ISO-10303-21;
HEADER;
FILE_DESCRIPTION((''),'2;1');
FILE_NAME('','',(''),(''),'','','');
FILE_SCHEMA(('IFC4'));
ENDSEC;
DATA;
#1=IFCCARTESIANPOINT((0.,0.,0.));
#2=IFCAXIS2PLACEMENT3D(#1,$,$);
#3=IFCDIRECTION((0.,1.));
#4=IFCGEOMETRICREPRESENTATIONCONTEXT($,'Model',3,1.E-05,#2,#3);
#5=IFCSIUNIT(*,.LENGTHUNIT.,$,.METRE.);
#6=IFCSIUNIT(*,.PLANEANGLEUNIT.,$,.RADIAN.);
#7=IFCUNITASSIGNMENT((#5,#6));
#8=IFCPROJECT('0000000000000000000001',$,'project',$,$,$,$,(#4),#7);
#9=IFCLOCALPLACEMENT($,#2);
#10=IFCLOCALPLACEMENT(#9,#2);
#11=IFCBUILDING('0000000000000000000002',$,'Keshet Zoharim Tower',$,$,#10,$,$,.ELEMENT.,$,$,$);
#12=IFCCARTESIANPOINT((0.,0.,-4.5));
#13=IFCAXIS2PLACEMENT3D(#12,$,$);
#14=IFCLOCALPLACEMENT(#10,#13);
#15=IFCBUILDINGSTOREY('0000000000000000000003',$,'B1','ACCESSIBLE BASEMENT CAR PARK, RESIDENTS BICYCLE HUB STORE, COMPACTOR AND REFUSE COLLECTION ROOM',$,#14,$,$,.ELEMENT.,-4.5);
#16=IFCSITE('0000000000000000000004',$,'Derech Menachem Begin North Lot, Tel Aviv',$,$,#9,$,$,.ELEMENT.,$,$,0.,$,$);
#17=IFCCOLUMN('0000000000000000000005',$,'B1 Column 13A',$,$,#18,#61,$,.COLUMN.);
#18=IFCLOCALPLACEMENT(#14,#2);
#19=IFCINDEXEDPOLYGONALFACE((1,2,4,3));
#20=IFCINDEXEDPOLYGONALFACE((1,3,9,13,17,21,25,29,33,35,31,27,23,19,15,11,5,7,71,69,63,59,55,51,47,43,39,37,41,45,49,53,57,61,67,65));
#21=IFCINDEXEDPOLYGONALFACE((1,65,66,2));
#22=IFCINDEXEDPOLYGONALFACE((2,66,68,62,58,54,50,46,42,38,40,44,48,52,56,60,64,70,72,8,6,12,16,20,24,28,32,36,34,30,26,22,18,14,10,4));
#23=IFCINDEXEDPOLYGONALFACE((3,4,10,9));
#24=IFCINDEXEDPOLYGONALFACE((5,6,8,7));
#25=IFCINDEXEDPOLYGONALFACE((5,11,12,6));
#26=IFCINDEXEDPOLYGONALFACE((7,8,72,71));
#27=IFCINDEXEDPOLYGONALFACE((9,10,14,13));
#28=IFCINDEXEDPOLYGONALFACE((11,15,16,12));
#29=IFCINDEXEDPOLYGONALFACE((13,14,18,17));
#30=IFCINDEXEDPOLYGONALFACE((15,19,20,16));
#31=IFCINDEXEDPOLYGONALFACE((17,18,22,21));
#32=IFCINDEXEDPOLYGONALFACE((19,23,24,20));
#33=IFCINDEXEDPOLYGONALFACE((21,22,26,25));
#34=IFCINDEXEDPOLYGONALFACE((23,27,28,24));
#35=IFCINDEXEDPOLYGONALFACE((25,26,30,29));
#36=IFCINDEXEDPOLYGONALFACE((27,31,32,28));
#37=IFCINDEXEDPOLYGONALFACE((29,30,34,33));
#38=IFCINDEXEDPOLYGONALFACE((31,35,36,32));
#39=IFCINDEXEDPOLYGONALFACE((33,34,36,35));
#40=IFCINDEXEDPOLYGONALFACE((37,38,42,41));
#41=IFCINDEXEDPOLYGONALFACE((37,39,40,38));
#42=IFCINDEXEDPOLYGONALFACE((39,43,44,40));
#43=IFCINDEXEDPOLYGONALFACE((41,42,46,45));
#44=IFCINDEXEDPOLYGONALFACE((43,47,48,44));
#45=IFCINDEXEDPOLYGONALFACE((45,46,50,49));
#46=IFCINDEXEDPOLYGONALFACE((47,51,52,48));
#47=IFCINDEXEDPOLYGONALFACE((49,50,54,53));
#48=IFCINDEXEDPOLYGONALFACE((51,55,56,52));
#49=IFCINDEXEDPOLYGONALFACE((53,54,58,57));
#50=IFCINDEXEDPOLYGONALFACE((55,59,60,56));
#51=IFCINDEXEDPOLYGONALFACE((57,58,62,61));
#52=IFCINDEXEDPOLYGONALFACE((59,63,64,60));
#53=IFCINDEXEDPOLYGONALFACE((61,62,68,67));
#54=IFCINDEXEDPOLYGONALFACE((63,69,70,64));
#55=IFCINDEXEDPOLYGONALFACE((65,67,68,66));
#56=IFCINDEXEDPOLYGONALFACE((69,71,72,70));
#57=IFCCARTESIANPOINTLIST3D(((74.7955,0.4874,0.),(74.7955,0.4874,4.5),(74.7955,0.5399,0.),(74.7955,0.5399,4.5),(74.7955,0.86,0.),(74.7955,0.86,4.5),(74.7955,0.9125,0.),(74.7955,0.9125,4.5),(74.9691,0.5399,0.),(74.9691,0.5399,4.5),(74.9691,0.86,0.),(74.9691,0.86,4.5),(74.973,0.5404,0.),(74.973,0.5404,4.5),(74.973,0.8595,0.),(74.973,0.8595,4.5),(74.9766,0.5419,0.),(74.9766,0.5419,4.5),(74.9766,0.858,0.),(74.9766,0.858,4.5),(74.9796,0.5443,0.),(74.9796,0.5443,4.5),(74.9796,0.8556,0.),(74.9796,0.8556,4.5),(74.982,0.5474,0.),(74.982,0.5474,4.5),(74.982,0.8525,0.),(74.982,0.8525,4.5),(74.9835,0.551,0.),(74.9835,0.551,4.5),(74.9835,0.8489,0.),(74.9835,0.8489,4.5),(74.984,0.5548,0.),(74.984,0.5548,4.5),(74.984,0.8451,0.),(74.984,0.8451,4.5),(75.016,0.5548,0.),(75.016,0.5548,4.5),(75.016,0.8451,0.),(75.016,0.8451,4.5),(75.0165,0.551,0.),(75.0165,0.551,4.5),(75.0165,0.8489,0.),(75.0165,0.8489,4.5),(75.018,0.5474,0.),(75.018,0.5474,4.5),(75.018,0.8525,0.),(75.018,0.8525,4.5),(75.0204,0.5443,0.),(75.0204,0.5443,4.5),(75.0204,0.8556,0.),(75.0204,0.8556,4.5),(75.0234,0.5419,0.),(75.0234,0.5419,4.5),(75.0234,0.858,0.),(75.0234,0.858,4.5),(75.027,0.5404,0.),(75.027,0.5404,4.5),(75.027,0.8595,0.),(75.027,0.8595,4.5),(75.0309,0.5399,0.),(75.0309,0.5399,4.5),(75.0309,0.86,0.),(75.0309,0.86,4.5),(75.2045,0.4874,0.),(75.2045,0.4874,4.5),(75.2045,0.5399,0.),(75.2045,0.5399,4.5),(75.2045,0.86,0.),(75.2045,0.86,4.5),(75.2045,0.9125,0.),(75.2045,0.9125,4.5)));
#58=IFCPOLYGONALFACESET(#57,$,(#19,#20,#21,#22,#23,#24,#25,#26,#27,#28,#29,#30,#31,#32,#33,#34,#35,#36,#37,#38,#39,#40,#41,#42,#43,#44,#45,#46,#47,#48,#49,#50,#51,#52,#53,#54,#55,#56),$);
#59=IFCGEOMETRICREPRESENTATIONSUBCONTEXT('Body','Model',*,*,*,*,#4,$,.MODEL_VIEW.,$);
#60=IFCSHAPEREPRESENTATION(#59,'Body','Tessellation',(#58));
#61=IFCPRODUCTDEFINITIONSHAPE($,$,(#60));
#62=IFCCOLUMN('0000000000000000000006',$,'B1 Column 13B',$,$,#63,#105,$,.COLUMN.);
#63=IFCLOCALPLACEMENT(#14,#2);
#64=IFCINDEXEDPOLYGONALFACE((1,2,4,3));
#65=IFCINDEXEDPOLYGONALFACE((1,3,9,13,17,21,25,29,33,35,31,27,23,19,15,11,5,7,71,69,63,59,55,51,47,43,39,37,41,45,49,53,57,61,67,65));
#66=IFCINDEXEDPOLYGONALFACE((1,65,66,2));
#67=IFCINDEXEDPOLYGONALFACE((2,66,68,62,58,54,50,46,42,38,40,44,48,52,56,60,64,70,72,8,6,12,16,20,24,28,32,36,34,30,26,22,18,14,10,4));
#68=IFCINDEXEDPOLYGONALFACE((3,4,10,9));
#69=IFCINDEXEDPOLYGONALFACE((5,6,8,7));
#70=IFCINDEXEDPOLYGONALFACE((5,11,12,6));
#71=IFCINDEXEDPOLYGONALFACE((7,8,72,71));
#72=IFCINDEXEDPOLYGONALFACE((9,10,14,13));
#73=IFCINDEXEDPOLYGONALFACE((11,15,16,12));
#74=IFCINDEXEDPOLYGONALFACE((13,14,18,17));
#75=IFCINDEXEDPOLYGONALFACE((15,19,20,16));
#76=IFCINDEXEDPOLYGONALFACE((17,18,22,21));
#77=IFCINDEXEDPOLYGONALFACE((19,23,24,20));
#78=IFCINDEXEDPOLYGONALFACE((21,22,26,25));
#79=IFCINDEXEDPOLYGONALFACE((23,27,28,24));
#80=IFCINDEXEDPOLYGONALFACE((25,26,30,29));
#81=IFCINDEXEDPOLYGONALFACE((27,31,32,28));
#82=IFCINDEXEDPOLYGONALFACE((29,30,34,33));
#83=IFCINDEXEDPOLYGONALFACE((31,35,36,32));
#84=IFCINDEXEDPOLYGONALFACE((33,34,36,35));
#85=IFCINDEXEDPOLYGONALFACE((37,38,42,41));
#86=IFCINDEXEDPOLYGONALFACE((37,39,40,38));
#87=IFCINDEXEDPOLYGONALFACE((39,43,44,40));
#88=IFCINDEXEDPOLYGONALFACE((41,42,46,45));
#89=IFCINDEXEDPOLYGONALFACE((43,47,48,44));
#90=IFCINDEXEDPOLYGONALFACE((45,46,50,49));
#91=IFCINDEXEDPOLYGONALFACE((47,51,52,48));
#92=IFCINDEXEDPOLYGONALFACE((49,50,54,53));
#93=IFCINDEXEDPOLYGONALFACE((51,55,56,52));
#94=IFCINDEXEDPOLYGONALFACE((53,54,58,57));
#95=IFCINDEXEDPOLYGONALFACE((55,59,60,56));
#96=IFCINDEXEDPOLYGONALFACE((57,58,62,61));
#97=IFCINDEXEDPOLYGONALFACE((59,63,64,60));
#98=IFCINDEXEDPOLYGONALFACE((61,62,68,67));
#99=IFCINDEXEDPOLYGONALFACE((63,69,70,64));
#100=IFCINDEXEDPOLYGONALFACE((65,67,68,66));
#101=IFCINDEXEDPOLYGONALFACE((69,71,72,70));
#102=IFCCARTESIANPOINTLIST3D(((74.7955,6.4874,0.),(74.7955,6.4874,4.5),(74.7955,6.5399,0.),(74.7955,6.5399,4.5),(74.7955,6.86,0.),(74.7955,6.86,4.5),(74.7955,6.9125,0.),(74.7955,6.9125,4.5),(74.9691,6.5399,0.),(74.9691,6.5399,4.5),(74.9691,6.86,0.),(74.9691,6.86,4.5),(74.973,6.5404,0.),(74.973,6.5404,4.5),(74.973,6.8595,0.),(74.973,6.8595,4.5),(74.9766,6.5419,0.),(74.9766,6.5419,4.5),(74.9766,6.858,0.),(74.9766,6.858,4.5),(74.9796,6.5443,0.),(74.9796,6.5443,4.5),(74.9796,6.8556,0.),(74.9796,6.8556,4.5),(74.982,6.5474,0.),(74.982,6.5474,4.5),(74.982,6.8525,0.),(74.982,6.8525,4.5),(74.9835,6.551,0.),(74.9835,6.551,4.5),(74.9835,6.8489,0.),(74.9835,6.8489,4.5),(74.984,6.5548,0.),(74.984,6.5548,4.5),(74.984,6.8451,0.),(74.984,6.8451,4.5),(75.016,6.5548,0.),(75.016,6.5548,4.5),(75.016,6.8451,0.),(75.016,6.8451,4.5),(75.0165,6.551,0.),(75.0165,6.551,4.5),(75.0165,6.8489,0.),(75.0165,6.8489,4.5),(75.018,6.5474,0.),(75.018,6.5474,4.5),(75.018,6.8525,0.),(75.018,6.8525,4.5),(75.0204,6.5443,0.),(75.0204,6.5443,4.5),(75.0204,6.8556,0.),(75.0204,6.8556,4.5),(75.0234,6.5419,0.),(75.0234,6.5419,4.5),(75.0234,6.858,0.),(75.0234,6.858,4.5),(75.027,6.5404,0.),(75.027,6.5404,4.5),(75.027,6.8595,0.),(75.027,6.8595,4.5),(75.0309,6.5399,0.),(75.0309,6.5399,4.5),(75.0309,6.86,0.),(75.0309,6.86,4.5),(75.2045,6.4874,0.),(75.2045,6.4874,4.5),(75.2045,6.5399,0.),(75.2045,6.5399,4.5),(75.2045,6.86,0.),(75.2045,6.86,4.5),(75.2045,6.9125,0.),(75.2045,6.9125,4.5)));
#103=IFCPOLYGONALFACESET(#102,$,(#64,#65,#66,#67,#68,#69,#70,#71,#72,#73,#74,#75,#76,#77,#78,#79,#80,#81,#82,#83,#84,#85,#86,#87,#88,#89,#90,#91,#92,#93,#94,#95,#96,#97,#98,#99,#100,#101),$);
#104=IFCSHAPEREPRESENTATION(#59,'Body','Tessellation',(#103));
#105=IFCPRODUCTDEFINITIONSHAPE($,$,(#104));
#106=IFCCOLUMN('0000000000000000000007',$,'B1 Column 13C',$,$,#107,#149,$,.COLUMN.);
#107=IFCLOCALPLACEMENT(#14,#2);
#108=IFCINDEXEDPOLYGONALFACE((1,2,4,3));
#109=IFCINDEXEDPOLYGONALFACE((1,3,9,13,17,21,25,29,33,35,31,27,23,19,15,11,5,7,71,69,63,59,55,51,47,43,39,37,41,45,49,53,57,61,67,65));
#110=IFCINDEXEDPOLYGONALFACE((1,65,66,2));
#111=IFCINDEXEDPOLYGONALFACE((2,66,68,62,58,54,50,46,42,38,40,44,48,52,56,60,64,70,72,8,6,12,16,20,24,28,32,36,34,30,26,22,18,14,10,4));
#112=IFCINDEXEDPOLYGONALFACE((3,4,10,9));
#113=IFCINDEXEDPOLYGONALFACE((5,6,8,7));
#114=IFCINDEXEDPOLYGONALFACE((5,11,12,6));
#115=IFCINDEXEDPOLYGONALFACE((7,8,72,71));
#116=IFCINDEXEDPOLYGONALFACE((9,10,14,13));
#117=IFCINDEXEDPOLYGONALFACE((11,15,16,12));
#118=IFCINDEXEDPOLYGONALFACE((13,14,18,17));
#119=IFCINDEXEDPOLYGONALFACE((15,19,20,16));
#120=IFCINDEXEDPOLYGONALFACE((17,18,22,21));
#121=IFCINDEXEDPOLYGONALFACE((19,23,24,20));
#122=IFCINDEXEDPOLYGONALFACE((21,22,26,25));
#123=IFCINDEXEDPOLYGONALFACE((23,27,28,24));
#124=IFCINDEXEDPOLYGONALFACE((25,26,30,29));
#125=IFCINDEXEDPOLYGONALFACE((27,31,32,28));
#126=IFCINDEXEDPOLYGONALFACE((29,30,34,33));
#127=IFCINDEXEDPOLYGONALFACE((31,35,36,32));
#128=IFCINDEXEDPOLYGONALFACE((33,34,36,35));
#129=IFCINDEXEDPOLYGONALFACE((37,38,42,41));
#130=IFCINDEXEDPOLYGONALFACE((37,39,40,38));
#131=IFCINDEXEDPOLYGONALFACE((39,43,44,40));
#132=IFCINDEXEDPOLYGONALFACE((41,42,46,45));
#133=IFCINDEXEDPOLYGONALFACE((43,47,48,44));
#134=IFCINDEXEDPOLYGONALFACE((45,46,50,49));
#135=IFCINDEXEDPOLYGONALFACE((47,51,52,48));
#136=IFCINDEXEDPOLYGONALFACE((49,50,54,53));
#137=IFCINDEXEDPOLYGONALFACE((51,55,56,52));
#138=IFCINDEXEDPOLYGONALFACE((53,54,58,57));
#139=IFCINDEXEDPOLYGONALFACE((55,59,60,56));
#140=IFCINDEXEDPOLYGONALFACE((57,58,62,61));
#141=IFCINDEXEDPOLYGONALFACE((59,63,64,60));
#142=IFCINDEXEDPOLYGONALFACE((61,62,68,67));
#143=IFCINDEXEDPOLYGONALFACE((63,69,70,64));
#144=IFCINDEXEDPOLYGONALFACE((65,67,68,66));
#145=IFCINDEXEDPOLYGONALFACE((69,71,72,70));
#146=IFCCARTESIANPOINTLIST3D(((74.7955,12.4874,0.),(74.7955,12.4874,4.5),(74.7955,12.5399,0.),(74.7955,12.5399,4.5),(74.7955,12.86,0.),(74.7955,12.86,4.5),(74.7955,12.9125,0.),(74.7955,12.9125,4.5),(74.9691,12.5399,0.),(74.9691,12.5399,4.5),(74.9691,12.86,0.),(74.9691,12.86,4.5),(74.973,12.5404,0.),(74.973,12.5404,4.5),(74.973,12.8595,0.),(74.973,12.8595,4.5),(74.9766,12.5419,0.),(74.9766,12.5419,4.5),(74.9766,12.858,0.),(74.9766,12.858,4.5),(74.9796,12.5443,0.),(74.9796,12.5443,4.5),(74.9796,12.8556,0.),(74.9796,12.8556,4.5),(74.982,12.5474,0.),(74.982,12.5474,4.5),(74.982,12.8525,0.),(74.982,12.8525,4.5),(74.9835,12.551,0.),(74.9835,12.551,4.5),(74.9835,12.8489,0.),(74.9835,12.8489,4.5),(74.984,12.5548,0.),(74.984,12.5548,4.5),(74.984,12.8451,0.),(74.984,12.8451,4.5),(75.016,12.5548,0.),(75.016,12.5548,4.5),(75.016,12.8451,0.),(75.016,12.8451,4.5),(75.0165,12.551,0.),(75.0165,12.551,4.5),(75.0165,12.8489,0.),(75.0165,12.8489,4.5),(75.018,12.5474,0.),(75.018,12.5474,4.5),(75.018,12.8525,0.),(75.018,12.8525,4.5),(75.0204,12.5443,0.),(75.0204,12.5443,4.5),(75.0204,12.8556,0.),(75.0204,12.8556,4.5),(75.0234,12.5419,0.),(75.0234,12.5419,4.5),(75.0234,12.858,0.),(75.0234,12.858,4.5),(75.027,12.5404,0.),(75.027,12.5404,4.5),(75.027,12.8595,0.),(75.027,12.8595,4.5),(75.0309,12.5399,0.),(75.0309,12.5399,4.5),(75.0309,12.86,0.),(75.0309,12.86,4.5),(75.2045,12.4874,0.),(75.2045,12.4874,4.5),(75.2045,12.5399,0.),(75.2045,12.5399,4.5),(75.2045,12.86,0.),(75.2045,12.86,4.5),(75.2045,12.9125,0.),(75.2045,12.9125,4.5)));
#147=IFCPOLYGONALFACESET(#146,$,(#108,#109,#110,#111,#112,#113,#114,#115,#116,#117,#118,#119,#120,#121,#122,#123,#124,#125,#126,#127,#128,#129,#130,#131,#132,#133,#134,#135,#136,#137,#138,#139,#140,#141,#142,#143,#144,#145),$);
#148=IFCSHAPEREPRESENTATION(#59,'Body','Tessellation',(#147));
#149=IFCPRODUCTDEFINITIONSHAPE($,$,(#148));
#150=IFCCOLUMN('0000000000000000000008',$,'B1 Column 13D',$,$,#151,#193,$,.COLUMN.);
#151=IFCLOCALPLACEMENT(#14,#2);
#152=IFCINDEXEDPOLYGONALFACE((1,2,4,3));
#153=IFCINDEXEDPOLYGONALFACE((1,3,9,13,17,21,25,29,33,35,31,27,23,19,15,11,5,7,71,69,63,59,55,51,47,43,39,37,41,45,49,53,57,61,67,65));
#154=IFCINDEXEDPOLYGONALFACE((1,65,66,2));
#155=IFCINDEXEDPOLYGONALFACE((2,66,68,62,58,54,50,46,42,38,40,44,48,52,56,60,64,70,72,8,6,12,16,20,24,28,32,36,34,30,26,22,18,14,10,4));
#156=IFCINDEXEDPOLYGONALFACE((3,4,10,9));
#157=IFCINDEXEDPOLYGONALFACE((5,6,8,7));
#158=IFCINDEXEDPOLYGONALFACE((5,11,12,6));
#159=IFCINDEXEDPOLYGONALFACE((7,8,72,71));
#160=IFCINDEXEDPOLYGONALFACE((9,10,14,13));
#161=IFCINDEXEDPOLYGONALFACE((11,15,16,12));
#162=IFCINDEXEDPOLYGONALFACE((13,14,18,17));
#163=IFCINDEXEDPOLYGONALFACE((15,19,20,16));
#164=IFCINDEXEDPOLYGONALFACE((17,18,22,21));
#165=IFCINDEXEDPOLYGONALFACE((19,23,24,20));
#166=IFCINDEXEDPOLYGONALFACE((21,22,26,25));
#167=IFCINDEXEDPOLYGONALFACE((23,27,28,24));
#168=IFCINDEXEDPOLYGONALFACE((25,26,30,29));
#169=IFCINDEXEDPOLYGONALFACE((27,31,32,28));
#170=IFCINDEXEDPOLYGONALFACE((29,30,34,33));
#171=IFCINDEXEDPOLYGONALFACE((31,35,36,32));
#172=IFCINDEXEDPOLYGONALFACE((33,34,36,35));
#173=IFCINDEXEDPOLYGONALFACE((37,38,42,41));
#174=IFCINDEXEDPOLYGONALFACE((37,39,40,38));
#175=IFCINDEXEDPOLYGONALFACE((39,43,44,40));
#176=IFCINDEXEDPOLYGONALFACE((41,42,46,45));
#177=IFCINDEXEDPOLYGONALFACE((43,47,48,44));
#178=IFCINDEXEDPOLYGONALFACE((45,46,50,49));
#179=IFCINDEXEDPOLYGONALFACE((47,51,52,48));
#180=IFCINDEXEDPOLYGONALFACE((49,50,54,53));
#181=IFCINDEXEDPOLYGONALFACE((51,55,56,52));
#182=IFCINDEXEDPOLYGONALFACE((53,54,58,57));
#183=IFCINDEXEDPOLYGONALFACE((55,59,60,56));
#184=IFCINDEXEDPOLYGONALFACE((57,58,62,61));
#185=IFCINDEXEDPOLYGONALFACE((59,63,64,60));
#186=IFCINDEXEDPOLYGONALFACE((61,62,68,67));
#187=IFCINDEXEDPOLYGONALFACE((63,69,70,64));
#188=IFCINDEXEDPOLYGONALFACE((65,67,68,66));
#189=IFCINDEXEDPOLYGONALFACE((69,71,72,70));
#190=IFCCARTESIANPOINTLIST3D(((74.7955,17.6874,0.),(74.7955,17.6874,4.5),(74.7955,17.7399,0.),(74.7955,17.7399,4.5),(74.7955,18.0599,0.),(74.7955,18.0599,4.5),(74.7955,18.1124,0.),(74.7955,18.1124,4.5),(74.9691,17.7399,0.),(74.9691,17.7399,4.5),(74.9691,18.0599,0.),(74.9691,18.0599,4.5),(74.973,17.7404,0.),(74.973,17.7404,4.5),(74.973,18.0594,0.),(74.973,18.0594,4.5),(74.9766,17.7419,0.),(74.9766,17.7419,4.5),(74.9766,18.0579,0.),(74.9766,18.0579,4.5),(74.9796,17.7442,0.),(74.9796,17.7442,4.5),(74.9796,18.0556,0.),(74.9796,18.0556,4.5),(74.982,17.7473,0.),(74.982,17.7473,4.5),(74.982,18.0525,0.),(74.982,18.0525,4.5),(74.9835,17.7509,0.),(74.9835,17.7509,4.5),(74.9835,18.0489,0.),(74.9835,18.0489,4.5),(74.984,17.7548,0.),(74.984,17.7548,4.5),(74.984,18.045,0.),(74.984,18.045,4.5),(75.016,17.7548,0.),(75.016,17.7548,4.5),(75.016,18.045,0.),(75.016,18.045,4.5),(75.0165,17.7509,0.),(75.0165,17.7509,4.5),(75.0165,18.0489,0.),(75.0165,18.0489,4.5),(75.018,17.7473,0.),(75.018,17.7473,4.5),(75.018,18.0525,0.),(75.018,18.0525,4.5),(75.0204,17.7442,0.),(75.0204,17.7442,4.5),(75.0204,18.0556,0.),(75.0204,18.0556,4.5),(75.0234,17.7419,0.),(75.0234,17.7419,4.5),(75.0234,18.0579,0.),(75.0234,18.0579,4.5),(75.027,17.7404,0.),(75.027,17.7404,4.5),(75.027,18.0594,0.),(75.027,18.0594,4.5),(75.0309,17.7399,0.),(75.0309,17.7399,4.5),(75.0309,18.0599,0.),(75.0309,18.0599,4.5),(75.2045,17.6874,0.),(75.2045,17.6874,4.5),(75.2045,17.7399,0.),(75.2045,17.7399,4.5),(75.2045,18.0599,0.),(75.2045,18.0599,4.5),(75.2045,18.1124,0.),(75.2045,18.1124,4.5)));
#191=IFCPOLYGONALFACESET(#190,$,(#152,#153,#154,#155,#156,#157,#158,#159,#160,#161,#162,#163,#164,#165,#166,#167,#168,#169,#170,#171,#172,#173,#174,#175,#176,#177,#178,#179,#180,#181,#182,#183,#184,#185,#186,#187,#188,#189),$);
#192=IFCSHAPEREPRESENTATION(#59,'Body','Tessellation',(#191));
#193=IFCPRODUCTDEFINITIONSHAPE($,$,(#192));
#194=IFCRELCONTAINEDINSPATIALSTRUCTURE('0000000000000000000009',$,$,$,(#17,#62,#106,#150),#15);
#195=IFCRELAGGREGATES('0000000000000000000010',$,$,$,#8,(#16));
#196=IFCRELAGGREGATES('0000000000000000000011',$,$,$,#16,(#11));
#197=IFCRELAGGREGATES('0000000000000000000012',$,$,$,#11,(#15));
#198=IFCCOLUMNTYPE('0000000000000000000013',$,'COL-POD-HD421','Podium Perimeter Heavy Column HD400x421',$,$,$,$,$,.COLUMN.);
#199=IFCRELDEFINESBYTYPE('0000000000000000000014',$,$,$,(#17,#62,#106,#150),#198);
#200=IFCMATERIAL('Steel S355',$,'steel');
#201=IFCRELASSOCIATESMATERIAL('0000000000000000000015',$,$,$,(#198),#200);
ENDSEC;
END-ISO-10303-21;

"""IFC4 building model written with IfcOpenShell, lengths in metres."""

from ifc_helpers import new_model, si_unit, direction, frame, origin, origin_2d, place, context, subcontext, project, spatial, i_section, extrude, material, material_profile, profile_set, type_object, element, save


model = new_model("IFC4")

# Units and contexts
model_context = context("Model", 3, precision=1e-05, world=origin(), true_north=direction((0.0, 1.0)))
body_context = subcontext(model_context, "Body", "Model", "MODEL_VIEW")
ifc_project = project(units=[si_unit("LENGTHUNIT", "METRE"), si_unit("PLANEANGLEUNIT", "RADIAN")], contexts=[model_context])

# Site, building, storey
site_placement = place(None, origin())
site = spatial("IfcSite", under=ifc_project, at=site_placement, Name="Derech Menachem Begin North Lot, Tel Aviv", CompositionType="ELEMENT", RefElevation=0.0)
building_placement = place(site_placement, origin())
building = spatial("IfcBuilding", under=site, at=building_placement, Name="Keshet Zoharim Tower", CompositionType="ELEMENT")
storey_placement = place(building_placement, frame((0.0, 0.0, -4.5)))
storey = spatial("IfcBuildingStorey", under=building, at=storey_placement, Name="B1", Description="ACCESSIBLE BASEMENT CAR PARK, RESIDENTS BICYCLE HUB STORE, COMPACTOR AND REFUSE COLLECTION ROOM", CompositionType="ELEMENT", Elevation=-4.5)

# Columns
ifc_material_1 = material(Name="Steel S355", Category="steel")
ifc_material_profile_1 = material_profile(ifc_material_1, i_section(OverallWidth=0.4089, OverallDepth=0.425, WebThickness=0.032, FlangeThickness=0.0525, FilletRadius=0.0149, at=origin_2d()), Name="HD400x421")
ifc_profile_set_1 = profile_set([ifc_material_profile_1], Name="Steel S355")
column_type_1 = type_object("IfcColumnType", Name="COL-POD-HD421", Description="Podium Perimeter Heavy Column HD400x421", PredefinedType="COLUMN", material=ifc_profile_set_1)
for number, where, z_axis, x_axis, name in (
    (1, (75.0, 0.7, 0.0), (0.0, 0.0, 1.0), (1.0, 0.0, 0.0), "B1 Column 13A"),
    (2, (75.0, 6.7, 0.0), (0.0, 0.0, 1.0), (1.0, 0.0, 0.0), "B1 Column 13B"),
    (3, (75.0, 12.7, 0.0), (0.0, 0.0, 1.0), (1.0, 0.0, 0.0), "B1 Column 13C"),
    (4, (75.0, 17.8999, 0.0), (0.0, 0.0, 1.0), (1.0, 0.0, 0.0), "B1 Column 13D"),
):
    element("IfcColumn", number, at=place(storey_placement, frame(where, z_axis=z_axis, x_axis=x_axis)), inside=storey, type_object=column_type_1, Name=name, PredefinedType="COLUMN", context=body_context, shape_type="SweptSolid", body=[
        extrude(i_section(OverallWidth=0.4089, OverallDepth=0.425, WebThickness=0.032, FlangeThickness=0.0525, FilletRadius=0.0149, at=origin_2d()), origin(), (0.0, 0.0, 1.0), 4.5),
    ])

save(model, "model.ifc")
